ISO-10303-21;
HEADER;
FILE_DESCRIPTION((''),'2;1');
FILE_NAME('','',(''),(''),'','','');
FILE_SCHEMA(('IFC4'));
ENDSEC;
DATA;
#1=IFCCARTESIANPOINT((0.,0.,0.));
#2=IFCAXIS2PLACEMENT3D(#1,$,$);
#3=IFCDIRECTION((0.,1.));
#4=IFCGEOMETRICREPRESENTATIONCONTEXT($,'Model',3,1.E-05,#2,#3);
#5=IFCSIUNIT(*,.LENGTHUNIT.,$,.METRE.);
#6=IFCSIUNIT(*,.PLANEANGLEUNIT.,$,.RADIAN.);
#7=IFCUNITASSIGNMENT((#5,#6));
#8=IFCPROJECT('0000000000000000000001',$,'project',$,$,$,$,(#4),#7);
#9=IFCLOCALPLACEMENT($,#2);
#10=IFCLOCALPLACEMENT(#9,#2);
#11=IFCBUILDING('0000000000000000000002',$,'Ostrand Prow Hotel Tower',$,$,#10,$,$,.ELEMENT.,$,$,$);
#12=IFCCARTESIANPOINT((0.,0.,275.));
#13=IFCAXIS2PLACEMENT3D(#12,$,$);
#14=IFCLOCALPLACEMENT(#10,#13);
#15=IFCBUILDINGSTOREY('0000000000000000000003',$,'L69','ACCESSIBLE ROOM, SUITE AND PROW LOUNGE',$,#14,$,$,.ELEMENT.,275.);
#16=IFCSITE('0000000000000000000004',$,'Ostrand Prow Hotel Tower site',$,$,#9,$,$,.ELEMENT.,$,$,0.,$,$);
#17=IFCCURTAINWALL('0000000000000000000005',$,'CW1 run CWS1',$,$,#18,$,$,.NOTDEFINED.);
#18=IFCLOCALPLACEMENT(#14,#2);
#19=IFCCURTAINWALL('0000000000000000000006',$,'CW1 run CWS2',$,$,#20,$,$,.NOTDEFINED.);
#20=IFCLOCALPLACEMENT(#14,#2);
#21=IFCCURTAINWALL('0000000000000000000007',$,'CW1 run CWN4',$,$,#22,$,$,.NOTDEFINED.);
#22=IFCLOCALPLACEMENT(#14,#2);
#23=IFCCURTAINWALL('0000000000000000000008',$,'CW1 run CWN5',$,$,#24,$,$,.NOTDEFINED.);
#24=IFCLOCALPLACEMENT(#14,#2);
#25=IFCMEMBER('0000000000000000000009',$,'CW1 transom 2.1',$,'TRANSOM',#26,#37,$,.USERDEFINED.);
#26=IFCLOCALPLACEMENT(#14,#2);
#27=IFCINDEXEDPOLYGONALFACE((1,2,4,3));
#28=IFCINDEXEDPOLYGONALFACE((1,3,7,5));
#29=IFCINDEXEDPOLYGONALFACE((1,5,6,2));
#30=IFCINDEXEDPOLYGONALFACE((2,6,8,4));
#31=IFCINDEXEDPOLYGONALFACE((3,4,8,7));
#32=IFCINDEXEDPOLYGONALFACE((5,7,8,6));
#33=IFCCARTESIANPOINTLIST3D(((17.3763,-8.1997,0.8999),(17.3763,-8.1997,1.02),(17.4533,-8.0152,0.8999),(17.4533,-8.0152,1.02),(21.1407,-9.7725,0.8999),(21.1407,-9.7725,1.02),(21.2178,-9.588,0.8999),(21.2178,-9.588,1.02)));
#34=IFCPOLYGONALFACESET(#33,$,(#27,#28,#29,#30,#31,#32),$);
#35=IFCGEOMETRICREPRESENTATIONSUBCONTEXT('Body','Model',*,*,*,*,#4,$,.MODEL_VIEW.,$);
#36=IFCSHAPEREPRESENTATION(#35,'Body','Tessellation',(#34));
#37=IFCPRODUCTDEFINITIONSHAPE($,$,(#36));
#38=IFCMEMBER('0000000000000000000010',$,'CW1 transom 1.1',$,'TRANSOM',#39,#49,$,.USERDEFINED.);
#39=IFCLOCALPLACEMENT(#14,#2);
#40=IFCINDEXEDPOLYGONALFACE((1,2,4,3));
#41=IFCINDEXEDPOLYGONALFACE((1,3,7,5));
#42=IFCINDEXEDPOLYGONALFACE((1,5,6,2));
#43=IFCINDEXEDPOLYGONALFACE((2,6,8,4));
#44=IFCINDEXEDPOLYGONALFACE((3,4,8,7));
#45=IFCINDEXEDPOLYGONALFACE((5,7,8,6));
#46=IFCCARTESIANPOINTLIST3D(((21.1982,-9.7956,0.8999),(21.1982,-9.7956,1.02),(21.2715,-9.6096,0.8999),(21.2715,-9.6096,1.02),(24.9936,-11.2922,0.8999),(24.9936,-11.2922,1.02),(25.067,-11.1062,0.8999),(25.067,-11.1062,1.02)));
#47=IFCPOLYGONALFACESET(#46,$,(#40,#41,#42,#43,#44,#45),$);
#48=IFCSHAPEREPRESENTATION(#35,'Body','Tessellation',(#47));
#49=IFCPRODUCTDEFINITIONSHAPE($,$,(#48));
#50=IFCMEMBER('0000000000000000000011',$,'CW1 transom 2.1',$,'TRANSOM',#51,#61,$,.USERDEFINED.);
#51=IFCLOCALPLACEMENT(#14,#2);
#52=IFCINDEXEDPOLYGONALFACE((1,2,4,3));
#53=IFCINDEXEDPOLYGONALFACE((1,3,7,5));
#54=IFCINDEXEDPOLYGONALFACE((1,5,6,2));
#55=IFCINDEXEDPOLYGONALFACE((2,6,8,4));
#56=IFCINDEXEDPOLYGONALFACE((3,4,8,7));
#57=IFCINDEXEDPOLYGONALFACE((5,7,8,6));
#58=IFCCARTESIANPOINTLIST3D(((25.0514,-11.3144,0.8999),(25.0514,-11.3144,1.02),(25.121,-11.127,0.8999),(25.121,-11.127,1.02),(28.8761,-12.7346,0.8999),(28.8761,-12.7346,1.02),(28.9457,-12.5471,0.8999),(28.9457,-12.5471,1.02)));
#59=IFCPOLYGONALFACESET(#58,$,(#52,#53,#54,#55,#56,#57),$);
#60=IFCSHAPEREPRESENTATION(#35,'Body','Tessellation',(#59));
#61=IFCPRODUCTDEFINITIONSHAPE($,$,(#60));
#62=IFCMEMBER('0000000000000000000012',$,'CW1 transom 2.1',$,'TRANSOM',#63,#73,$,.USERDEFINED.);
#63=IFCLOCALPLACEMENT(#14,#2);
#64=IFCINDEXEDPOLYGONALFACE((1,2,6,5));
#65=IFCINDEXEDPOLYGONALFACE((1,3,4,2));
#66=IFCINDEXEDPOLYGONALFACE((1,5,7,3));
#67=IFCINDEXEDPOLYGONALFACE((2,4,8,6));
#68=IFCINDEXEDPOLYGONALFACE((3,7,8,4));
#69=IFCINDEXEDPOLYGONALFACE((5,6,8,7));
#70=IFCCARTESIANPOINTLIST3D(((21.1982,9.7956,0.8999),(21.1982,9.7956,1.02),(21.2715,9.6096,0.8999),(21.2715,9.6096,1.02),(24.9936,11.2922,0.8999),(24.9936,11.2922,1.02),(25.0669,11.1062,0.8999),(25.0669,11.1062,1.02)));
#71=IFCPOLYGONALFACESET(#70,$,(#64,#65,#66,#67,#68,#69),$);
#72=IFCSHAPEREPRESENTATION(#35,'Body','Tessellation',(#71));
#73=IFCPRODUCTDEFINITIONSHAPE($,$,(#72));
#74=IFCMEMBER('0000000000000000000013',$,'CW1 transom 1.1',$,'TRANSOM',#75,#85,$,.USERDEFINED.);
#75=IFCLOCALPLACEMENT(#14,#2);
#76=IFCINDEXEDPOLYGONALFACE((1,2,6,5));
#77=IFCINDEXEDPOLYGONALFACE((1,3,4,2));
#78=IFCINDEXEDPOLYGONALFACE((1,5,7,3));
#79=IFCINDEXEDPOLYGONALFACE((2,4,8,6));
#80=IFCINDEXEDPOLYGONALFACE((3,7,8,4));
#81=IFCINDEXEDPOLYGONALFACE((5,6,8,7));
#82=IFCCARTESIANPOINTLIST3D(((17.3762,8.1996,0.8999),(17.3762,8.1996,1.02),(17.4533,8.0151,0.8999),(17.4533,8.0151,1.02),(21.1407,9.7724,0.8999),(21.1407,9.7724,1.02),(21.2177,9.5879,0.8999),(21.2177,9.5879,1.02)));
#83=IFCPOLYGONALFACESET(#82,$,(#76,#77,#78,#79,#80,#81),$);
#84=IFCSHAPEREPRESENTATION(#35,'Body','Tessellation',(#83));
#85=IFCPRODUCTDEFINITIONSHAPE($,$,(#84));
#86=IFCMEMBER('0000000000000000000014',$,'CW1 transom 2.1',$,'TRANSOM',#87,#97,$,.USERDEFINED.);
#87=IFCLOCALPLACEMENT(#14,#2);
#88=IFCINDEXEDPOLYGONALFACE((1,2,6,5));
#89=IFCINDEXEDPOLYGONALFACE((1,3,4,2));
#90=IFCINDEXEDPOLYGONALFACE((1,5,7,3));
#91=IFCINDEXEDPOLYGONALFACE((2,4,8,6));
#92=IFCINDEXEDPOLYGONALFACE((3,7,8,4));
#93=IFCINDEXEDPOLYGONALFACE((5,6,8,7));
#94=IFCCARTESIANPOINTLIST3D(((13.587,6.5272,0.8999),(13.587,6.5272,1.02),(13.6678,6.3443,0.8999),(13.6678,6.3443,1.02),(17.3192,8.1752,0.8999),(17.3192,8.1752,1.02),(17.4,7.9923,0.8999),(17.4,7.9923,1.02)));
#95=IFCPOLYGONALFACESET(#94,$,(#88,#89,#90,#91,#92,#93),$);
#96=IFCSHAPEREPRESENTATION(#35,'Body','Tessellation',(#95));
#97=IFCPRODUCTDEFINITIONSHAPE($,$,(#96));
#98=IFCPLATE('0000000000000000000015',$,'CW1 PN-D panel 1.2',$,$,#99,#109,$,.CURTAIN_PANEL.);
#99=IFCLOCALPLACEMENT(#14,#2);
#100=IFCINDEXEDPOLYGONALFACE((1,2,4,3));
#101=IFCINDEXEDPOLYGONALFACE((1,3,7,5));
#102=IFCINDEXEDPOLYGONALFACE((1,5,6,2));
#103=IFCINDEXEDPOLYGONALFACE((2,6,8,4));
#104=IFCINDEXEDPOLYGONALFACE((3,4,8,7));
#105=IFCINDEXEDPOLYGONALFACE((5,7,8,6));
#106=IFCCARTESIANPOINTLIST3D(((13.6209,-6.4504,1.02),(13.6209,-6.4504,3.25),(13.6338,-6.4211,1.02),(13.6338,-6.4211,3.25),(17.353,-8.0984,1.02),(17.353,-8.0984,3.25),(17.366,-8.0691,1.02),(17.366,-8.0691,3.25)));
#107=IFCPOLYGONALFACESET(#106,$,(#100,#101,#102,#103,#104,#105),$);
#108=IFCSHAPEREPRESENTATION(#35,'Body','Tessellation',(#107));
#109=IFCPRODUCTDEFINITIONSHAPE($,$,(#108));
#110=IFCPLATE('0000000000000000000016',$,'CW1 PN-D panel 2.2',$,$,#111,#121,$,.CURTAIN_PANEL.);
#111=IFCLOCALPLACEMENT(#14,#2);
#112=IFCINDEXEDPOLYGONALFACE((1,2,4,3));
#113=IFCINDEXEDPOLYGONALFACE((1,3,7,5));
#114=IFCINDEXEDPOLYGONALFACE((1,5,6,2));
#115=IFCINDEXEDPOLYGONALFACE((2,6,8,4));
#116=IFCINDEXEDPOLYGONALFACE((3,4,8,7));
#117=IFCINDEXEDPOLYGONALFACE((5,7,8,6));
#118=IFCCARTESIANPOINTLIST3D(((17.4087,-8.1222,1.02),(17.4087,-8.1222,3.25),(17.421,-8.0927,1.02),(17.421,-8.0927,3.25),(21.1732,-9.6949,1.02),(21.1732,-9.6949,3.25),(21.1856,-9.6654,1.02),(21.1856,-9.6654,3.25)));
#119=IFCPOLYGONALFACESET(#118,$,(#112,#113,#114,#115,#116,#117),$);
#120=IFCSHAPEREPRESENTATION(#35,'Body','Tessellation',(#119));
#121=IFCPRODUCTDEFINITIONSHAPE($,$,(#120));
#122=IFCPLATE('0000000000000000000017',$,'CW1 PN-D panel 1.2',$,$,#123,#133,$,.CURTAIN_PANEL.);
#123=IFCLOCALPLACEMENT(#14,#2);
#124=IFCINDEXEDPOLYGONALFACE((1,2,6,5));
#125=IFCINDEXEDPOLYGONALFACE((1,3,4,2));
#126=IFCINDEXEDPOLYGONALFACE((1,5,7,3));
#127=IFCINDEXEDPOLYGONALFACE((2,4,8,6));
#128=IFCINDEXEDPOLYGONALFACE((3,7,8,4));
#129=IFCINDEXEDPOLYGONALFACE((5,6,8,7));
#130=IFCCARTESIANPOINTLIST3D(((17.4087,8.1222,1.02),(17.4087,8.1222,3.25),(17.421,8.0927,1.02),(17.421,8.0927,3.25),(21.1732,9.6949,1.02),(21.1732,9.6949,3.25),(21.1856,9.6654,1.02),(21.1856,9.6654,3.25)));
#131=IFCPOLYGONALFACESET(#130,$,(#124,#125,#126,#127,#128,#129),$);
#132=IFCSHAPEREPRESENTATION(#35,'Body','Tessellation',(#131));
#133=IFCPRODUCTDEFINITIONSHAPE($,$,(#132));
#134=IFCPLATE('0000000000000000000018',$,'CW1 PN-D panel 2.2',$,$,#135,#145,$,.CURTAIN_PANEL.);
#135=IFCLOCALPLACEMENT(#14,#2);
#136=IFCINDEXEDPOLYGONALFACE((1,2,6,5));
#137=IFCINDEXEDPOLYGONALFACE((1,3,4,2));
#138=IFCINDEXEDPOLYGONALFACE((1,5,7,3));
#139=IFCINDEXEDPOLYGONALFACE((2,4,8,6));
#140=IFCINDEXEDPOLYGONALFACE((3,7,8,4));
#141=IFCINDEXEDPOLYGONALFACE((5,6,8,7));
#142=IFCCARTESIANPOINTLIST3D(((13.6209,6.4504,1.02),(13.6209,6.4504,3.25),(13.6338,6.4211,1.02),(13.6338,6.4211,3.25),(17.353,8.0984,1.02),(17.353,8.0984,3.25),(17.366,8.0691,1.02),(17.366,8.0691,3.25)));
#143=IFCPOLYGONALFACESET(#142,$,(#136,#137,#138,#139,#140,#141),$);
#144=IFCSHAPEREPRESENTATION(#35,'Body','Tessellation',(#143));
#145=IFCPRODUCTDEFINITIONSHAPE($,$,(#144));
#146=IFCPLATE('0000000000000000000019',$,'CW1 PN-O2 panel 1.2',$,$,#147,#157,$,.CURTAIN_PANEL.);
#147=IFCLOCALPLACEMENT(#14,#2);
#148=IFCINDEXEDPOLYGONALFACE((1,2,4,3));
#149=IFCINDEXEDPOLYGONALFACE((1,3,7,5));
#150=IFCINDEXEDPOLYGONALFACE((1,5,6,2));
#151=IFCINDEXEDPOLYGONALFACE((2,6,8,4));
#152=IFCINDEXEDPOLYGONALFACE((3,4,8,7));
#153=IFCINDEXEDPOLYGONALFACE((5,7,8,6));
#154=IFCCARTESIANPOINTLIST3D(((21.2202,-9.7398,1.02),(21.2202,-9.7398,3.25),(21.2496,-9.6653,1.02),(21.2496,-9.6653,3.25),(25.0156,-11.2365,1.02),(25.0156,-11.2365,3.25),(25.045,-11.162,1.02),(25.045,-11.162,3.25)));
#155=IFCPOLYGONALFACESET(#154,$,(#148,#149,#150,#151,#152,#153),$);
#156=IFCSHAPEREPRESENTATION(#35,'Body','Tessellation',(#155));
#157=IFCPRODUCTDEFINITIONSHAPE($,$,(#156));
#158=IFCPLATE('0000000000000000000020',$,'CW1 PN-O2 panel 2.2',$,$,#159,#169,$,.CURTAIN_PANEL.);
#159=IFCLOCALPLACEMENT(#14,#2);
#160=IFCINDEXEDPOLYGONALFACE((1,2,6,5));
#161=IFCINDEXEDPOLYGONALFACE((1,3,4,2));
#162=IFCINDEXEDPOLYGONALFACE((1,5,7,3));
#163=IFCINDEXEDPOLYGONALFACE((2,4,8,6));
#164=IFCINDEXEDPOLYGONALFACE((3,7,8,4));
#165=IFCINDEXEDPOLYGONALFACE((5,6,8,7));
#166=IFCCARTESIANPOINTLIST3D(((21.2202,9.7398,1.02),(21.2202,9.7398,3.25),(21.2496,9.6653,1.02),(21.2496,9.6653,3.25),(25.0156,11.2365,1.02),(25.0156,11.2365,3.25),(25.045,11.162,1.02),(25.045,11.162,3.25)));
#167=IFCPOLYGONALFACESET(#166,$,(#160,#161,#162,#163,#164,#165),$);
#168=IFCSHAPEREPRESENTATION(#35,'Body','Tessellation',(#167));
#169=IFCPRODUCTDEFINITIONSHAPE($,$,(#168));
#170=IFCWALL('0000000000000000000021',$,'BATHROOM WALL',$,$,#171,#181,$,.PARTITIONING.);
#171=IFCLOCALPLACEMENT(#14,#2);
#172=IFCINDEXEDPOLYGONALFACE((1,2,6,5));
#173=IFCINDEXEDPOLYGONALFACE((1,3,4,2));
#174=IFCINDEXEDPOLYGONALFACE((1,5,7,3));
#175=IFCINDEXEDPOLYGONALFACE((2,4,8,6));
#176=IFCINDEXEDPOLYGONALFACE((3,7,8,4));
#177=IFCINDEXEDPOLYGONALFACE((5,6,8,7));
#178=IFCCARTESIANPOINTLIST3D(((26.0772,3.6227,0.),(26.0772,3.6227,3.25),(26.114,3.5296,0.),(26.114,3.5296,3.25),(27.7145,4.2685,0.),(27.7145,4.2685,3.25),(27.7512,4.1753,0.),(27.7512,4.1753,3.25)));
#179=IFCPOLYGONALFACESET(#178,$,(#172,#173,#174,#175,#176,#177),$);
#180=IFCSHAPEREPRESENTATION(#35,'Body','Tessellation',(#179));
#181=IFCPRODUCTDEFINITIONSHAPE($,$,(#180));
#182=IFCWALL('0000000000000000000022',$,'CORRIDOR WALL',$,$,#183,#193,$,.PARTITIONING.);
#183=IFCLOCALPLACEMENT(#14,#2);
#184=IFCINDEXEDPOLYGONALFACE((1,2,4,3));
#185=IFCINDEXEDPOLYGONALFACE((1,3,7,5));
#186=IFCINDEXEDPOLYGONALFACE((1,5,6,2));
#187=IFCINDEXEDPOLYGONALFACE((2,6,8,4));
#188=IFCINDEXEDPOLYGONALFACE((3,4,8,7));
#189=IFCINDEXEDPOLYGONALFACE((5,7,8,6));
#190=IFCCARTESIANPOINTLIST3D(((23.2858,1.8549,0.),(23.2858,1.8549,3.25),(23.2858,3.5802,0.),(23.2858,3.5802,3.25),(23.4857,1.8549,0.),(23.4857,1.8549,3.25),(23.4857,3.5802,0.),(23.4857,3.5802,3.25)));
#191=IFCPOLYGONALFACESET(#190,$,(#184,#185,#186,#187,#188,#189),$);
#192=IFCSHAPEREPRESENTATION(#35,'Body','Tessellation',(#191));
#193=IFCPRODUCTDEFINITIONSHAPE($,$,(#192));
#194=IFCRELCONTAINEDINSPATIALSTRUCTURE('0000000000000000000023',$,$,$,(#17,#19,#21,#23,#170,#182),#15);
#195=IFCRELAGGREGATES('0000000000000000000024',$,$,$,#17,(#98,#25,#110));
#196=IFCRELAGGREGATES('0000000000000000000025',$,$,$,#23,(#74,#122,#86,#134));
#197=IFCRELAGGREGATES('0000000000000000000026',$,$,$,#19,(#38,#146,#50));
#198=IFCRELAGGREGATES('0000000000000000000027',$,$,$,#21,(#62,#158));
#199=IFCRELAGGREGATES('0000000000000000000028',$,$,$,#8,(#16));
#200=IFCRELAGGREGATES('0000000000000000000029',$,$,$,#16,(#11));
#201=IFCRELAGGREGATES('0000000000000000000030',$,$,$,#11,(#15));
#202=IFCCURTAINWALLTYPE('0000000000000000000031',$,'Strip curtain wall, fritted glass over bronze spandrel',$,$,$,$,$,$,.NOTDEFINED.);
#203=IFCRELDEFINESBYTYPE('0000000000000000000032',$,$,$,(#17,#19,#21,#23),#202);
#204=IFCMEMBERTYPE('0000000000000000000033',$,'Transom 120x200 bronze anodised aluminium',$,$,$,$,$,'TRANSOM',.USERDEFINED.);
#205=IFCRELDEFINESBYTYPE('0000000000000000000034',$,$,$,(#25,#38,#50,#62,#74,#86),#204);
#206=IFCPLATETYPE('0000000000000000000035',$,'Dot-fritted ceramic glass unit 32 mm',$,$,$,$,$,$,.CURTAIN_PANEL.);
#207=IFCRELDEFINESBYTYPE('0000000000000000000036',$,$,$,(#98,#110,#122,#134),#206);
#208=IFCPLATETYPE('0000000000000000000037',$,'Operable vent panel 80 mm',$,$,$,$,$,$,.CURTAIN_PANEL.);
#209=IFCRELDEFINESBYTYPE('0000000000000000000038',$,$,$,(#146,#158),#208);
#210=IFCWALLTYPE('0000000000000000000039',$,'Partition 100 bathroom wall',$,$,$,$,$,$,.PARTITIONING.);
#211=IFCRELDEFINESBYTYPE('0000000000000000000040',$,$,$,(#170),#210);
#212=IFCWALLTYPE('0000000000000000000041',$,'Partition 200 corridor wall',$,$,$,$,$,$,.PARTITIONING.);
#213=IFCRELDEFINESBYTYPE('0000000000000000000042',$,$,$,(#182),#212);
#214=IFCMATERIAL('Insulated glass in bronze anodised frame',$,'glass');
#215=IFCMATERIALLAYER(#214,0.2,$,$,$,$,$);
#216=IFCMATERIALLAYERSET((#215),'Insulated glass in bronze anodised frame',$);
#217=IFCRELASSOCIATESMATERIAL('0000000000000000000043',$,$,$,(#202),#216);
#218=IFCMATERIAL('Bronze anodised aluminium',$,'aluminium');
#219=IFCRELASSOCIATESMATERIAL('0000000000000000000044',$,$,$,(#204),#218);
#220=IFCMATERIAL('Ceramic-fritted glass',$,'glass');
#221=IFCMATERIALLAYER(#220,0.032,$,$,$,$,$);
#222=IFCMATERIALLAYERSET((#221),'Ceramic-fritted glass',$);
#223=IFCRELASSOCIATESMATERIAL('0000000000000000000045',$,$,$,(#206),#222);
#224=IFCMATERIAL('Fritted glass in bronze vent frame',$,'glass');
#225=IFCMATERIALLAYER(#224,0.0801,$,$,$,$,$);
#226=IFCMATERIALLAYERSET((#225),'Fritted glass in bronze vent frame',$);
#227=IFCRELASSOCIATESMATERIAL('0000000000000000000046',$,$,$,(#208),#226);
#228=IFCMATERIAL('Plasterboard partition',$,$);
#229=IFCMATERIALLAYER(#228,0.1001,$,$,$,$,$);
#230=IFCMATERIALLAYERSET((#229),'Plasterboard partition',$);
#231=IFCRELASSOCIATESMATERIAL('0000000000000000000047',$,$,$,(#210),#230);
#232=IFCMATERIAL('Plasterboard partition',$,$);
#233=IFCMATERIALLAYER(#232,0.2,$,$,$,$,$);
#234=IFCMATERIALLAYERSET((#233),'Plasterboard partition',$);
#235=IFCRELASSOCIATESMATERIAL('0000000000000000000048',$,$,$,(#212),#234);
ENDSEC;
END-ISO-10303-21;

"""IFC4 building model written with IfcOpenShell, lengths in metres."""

from ifc_helpers import new_model, si_unit, direction, frame, frame_2d, origin, origin_2d, place, context, subcontext, project, spatial, rectangle, extrude, material, layer, layer_set, material_profile, profile_set, type_object, element, aggregate, save


model = new_model("IFC4")

# Units and contexts
model_context = context("Model", 3, precision=1e-05, world=origin(), true_north=direction((0.0, 1.0)))
body_context = subcontext(model_context, "Body", "Model", "MODEL_VIEW")
ifc_project = project(units=[si_unit("LENGTHUNIT", "METRE"), si_unit("PLANEANGLEUNIT", "RADIAN")], contexts=[model_context])

# Site, building, storey
site_placement = place(None, origin())
site = spatial("IfcSite", under=ifc_project, at=site_placement, Name="Ostrand Prow Hotel Tower site", CompositionType="ELEMENT", RefElevation=0.0)
building_placement = place(site_placement, origin())
building = spatial("IfcBuilding", under=site, at=building_placement, Name="Ostrand Prow Hotel Tower", CompositionType="ELEMENT")
storey_placement = place(building_placement, frame((0.0, 0.0, 275.0)))
storey = spatial("IfcBuildingStorey", under=building, at=storey_placement, Name="L69", Description="ACCESSIBLE ROOM, SUITE AND PROW LOUNGE", CompositionType="ELEMENT", Elevation=275.0)

# Curtain wall
ifc_material_1 = material(Name="Insulated glass in bronze anodised frame", Category="glass")
ifc_layer_1 = layer(ifc_material_1, 0.2)
ifc_layer_set_1 = layer_set([ifc_layer_1], Name="Insulated glass in bronze anodised frame")
curtain_wall_type = type_object("IfcCurtainWallType", Name="Strip curtain wall, fritted glass over bronze spandrel", PredefinedType="NOTDEFINED", material=ifc_layer_set_1)
curtain_wall_1_placement = place(storey_placement, origin())
curtain_wall_1 = element("IfcCurtainWall", 1, at=curtain_wall_1_placement, inside=storey, type_object=curtain_wall_type, Name="CW1 run CWS1", PredefinedType="NOTDEFINED")

# Curtain wall
curtain_wall_2_placement = place(storey_placement, origin())
curtain_wall_2 = element("IfcCurtainWall", 2, at=curtain_wall_2_placement, inside=storey, type_object=curtain_wall_type, Name="CW1 run CWS2", PredefinedType="NOTDEFINED")

# Curtain wall
curtain_wall_3_placement = place(storey_placement, origin())
curtain_wall_3 = element("IfcCurtainWall", 3, at=curtain_wall_3_placement, inside=storey, type_object=curtain_wall_type, Name="CW1 run CWN4", PredefinedType="NOTDEFINED")

# Curtain wall
curtain_wall_4_placement = place(storey_placement, origin())
curtain_wall_4 = element("IfcCurtainWall", 4, at=curtain_wall_4_placement, inside=storey, type_object=curtain_wall_type, Name="CW1 run CWN5", PredefinedType="NOTDEFINED")

# Members
ifc_material_2 = material(Name="Bronze anodised aluminium", Category="aluminium")
ifc_material_profile_1 = material_profile(ifc_material_2, rectangle(XDim=0.2, YDim=0.1201, at=origin_2d()), Name="Transom 120x200 bronze anodised aluminium")
ifc_profile_set_1 = profile_set([ifc_material_profile_1], Name="Bronze anodised aluminium")
member_type_1 = type_object("IfcMemberType", Name="Transom 120x200 bronze anodised aluminium", ElementType="TRANSOM", PredefinedType="USERDEFINED", material=ifc_profile_set_1)
member_1_placement = place(storey_placement, frame((17.4148, -8.1074, 0.96), z_axis=(0.922706, -0.385503, 0.0), x_axis=(0.385503, 0.922706, 0.0)))
member_1 = element("IfcMember", 5, at=member_1_placement, type_object=member_type_1, Name="CW1 transom 2.1", ObjectType="TRANSOM", PredefinedType="USERDEFINED", context=body_context, shape_type="SweptSolid", body=[
    extrude(rectangle(XDim=0.2, YDim=0.1201, at=origin_2d()), origin(), (0.0, 0.0, 1.0), 4.0798),
])
member_2_placement = place(storey_placement, frame((21.2349, -9.7026, 0.96), z_axis=(0.93029, -0.366826, 0.0), x_axis=(0.366826, 0.93029, 0.0)))
member_2 = element("IfcMember", 6, at=member_2_placement, type_object=member_type_1, Name="CW1 transom 1.1", ObjectType="TRANSOM", PredefinedType="USERDEFINED", context=body_context, shape_type="SweptSolid", body=[
    extrude(rectangle(XDim=0.2, YDim=0.1201, at=origin_2d()), origin(), (0.0, 0.0, 1.0), 4.0798),
])
member_3_placement = place(storey_placement, frame((25.0862, -11.2207, 0.96), z_axis=(0.93746, -0.348092, 0.0), x_axis=(0.348092, 0.93746, 0.0)))
member_3 = element("IfcMember", 7, at=member_3_placement, type_object=member_type_1, Name="CW1 transom 2.1", ObjectType="TRANSOM", PredefinedType="USERDEFINED", context=body_context, shape_type="SweptSolid", body=[
    extrude(rectangle(XDim=0.2, YDim=0.1201, at=origin_2d()), origin(), (0.0, 0.0, 1.0), 4.0798),
])
member_4_placement = place(storey_placement, frame((25.0303, 11.1992, 0.96), z_axis=(-0.93029, -0.366826, 0.0), x_axis=(0.366826, -0.93029, 0.0)))
member_4 = element("IfcMember", 8, at=member_4_placement, type_object=member_type_1, Name="CW1 transom 2.1", ObjectType="TRANSOM", PredefinedType="USERDEFINED", context=body_context, shape_type="SweptSolid", body=[
    extrude(rectangle(XDim=0.2, YDim=0.1201, at=origin_2d()), origin(), (0.0, 0.0, 1.0), 4.0798),
])
member_5_placement = place(storey_placement, frame((21.1792, 9.6802, 0.96), z_axis=(-0.922706, -0.385503, 0.0), x_axis=(0.385503, -0.922706, 0.0)))
member_5 = element("IfcMember", 9, at=member_5_placement, type_object=member_type_1, Name="CW1 transom 1.1", ObjectType="TRANSOM", PredefinedType="USERDEFINED", context=body_context, shape_type="SweptSolid", body=[
    extrude(rectangle(XDim=0.2, YDim=0.1201, at=origin_2d()), origin(), (0.0, 0.0, 1.0), 4.0798),
])
member_6_placement = place(storey_placement, frame((17.3596, 8.0837, 0.96), z_axis=(-0.914791, -0.403927, 0.0), x_axis=(0.403927, -0.914791, 0.0)))
member_6 = element("IfcMember", 10, at=member_6_placement, type_object=member_type_1, Name="CW1 transom 2.1", ObjectType="TRANSOM", PredefinedType="USERDEFINED", context=body_context, shape_type="SweptSolid", body=[
    extrude(rectangle(XDim=0.2, YDim=0.1201, at=origin_2d()), origin(), (0.0, 0.0, 1.0), 4.0798),
])

# Plates
ifc_material_3 = material(Name="Ceramic-fritted glass", Category="glass")
ifc_layer_2 = layer(ifc_material_3, 0.032)
ifc_layer_set_2 = layer_set([ifc_layer_2], Name="Ceramic-fritted glass")
plate_type_1 = type_object("IfcPlateType", Name="Dot-fritted ceramic glass unit 32 mm", PredefinedType="CURTAIN_PANEL", material=ifc_layer_set_2)
plate_1_placement = place(storey_placement, frame((15.4934, -7.2598, 1.02), z_axis=(0.0, 0.0, 1.0), x_axis=(0.914786, -0.40394, 0.0)))
plate_1 = element("IfcPlate", 11, at=plate_1_placement, type_object=plate_type_1, Name="CW1 PN-D panel 1.2", PredefinedType="CURTAIN_PANEL", context=body_context, shape_type="SweptSolid", body=[
    extrude(rectangle(XDim=4.0798, YDim=0.032, at=origin_2d()), origin(), (0.0, 0.0, 1.0), 2.23),
])
plate_2_placement = place(storey_placement, frame((19.2971, -8.8938, 1.02), z_axis=(0.0, 0.0, 1.0), x_axis=(0.92272, -0.385471, 0.0)))
plate_2 = element("IfcPlate", 12, at=plate_2_placement, type_object=plate_type_1, Name="CW1 PN-D panel 2.2", PredefinedType="CURTAIN_PANEL", context=body_context, shape_type="SweptSolid", body=[
    extrude(rectangle(XDim=4.0798, YDim=0.032, at=origin_2d()), origin(), (0.0, 0.0, 1.0), 2.23),
])
aggregate(curtain_wall_1, [plate_1, member_1, plate_2])
plate_3_placement = place(storey_placement, frame((19.2971, 8.8938, 1.02), z_axis=(0.0, 0.0, 1.0), x_axis=(-0.92272, -0.385471, 0.0)))
plate_3 = element("IfcPlate", 13, at=plate_3_placement, type_object=plate_type_1, Name="CW1 PN-D panel 1.2", PredefinedType="CURTAIN_PANEL", context=body_context, shape_type="SweptSolid", body=[
    extrude(rectangle(XDim=4.0798, YDim=0.032, at=origin_2d()), origin(), (0.0, 0.0, 1.0), 2.23),
])
plate_4_placement = place(storey_placement, frame((15.4934, 7.2598, 1.02), z_axis=(0.0, 0.0, 1.0), x_axis=(-0.914786, -0.40394, 0.0)))
plate_4 = element("IfcPlate", 14, at=plate_4_placement, type_object=plate_type_1, Name="CW1 PN-D panel 2.2", PredefinedType="CURTAIN_PANEL", context=body_context, shape_type="SweptSolid", body=[
    extrude(rectangle(XDim=4.0798, YDim=0.032, at=origin_2d()), origin(), (0.0, 0.0, 1.0), 2.23),
])
aggregate(curtain_wall_4, [member_5, plate_3, member_6, plate_4])
ifc_material_4 = material(Name="Fritted glass in bronze vent frame", Category="glass")
ifc_layer_3 = layer(ifc_material_4, 0.0801)
ifc_layer_set_3 = layer_set([ifc_layer_3], Name="Fritted glass in bronze vent frame")
plate_type_2 = type_object("IfcPlateType", Name="Operable vent panel 80 mm", PredefinedType="CURTAIN_PANEL", material=ifc_layer_set_3)
plate_5_placement = place(storey_placement, frame((23.1326, -10.4509, 1.02), z_axis=(0.0, 0.0, 1.0), x_axis=(0.930282, -0.366845, 0.0)))
plate_5 = element("IfcPlate", 15, at=plate_5_placement, type_object=plate_type_2, Name="CW1 PN-O2 panel 1.2", PredefinedType="CURTAIN_PANEL", context=body_context, shape_type="SweptSolid", body=[
    extrude(rectangle(XDim=4.0798, YDim=0.0801, at=origin_2d()), origin(), (0.0, 0.0, 1.0), 2.23),
])
aggregate(curtain_wall_2, [member_2, plate_5, member_3])
plate_6_placement = place(storey_placement, frame((23.1326, 10.4509, 1.02), z_axis=(0.0, 0.0, 1.0), x_axis=(-0.930282, -0.366845, 0.0)))
plate_6 = element("IfcPlate", 16, at=plate_6_placement, type_object=plate_type_2, Name="CW1 PN-O2 panel 2.2", PredefinedType="CURTAIN_PANEL", context=body_context, shape_type="SweptSolid", body=[
    extrude(rectangle(XDim=4.0798, YDim=0.0801, at=origin_2d()), origin(), (0.0, 0.0, 1.0), 2.23),
])
aggregate(curtain_wall_3, [member_4, plate_6])

# Walls
ifc_material_5 = material(Name="Plasterboard partition")
ifc_layer_4 = layer(ifc_material_5, 0.1001)
ifc_layer_set_4 = layer_set([ifc_layer_4], Name="Plasterboard partition")
wall_type_1 = type_object("IfcWallType", Name="Partition 100 bathroom wall", PredefinedType="PARTITIONING", material=ifc_layer_set_4)
wall_1_placement = place(storey_placement, frame((26.0957, 3.5762, 0.0), z_axis=(0.0, 0.0, 1.0), x_axis=(0.930255, 0.366914, 0.0)))
element("IfcWall", 17, at=wall_1_placement, inside=storey, type_object=wall_type_1, Name="BATHROOM WALL", PredefinedType="PARTITIONING", context=body_context, shape_type="SweptSolid", body=[
    extrude(rectangle(XDim=1.76, YDim=0.1001, at=frame_2d((0.8799, 0.0))), origin(), (0.0, 0.0, 1.0), 3.25),
])
ifc_material_6 = material(Name="Plasterboard partition")
ifc_layer_5 = layer(ifc_material_6, 0.2)
ifc_layer_set_5 = layer_set([ifc_layer_5], Name="Plasterboard partition")
wall_type_2 = type_object("IfcWallType", Name="Partition 200 corridor wall", PredefinedType="PARTITIONING", material=ifc_layer_set_5)
wall_2_placement = place(storey_placement, frame((23.3857, 3.5803, 0.0), z_axis=(0.0, 0.0, 1.0), x_axis=(0.0, -1.0, 0.0)))
element("IfcWall", 18, at=wall_2_placement, inside=storey, type_object=wall_type_2, Name="CORRIDOR WALL", PredefinedType="PARTITIONING", context=body_context, shape_type="SweptSolid", body=[
    extrude(rectangle(XDim=1.7253, YDim=0.2, at=frame_2d((0.8628, 0.0))), origin(), (0.0, 0.0, 1.0), 3.25),
])

save(model, "model.ifc")
